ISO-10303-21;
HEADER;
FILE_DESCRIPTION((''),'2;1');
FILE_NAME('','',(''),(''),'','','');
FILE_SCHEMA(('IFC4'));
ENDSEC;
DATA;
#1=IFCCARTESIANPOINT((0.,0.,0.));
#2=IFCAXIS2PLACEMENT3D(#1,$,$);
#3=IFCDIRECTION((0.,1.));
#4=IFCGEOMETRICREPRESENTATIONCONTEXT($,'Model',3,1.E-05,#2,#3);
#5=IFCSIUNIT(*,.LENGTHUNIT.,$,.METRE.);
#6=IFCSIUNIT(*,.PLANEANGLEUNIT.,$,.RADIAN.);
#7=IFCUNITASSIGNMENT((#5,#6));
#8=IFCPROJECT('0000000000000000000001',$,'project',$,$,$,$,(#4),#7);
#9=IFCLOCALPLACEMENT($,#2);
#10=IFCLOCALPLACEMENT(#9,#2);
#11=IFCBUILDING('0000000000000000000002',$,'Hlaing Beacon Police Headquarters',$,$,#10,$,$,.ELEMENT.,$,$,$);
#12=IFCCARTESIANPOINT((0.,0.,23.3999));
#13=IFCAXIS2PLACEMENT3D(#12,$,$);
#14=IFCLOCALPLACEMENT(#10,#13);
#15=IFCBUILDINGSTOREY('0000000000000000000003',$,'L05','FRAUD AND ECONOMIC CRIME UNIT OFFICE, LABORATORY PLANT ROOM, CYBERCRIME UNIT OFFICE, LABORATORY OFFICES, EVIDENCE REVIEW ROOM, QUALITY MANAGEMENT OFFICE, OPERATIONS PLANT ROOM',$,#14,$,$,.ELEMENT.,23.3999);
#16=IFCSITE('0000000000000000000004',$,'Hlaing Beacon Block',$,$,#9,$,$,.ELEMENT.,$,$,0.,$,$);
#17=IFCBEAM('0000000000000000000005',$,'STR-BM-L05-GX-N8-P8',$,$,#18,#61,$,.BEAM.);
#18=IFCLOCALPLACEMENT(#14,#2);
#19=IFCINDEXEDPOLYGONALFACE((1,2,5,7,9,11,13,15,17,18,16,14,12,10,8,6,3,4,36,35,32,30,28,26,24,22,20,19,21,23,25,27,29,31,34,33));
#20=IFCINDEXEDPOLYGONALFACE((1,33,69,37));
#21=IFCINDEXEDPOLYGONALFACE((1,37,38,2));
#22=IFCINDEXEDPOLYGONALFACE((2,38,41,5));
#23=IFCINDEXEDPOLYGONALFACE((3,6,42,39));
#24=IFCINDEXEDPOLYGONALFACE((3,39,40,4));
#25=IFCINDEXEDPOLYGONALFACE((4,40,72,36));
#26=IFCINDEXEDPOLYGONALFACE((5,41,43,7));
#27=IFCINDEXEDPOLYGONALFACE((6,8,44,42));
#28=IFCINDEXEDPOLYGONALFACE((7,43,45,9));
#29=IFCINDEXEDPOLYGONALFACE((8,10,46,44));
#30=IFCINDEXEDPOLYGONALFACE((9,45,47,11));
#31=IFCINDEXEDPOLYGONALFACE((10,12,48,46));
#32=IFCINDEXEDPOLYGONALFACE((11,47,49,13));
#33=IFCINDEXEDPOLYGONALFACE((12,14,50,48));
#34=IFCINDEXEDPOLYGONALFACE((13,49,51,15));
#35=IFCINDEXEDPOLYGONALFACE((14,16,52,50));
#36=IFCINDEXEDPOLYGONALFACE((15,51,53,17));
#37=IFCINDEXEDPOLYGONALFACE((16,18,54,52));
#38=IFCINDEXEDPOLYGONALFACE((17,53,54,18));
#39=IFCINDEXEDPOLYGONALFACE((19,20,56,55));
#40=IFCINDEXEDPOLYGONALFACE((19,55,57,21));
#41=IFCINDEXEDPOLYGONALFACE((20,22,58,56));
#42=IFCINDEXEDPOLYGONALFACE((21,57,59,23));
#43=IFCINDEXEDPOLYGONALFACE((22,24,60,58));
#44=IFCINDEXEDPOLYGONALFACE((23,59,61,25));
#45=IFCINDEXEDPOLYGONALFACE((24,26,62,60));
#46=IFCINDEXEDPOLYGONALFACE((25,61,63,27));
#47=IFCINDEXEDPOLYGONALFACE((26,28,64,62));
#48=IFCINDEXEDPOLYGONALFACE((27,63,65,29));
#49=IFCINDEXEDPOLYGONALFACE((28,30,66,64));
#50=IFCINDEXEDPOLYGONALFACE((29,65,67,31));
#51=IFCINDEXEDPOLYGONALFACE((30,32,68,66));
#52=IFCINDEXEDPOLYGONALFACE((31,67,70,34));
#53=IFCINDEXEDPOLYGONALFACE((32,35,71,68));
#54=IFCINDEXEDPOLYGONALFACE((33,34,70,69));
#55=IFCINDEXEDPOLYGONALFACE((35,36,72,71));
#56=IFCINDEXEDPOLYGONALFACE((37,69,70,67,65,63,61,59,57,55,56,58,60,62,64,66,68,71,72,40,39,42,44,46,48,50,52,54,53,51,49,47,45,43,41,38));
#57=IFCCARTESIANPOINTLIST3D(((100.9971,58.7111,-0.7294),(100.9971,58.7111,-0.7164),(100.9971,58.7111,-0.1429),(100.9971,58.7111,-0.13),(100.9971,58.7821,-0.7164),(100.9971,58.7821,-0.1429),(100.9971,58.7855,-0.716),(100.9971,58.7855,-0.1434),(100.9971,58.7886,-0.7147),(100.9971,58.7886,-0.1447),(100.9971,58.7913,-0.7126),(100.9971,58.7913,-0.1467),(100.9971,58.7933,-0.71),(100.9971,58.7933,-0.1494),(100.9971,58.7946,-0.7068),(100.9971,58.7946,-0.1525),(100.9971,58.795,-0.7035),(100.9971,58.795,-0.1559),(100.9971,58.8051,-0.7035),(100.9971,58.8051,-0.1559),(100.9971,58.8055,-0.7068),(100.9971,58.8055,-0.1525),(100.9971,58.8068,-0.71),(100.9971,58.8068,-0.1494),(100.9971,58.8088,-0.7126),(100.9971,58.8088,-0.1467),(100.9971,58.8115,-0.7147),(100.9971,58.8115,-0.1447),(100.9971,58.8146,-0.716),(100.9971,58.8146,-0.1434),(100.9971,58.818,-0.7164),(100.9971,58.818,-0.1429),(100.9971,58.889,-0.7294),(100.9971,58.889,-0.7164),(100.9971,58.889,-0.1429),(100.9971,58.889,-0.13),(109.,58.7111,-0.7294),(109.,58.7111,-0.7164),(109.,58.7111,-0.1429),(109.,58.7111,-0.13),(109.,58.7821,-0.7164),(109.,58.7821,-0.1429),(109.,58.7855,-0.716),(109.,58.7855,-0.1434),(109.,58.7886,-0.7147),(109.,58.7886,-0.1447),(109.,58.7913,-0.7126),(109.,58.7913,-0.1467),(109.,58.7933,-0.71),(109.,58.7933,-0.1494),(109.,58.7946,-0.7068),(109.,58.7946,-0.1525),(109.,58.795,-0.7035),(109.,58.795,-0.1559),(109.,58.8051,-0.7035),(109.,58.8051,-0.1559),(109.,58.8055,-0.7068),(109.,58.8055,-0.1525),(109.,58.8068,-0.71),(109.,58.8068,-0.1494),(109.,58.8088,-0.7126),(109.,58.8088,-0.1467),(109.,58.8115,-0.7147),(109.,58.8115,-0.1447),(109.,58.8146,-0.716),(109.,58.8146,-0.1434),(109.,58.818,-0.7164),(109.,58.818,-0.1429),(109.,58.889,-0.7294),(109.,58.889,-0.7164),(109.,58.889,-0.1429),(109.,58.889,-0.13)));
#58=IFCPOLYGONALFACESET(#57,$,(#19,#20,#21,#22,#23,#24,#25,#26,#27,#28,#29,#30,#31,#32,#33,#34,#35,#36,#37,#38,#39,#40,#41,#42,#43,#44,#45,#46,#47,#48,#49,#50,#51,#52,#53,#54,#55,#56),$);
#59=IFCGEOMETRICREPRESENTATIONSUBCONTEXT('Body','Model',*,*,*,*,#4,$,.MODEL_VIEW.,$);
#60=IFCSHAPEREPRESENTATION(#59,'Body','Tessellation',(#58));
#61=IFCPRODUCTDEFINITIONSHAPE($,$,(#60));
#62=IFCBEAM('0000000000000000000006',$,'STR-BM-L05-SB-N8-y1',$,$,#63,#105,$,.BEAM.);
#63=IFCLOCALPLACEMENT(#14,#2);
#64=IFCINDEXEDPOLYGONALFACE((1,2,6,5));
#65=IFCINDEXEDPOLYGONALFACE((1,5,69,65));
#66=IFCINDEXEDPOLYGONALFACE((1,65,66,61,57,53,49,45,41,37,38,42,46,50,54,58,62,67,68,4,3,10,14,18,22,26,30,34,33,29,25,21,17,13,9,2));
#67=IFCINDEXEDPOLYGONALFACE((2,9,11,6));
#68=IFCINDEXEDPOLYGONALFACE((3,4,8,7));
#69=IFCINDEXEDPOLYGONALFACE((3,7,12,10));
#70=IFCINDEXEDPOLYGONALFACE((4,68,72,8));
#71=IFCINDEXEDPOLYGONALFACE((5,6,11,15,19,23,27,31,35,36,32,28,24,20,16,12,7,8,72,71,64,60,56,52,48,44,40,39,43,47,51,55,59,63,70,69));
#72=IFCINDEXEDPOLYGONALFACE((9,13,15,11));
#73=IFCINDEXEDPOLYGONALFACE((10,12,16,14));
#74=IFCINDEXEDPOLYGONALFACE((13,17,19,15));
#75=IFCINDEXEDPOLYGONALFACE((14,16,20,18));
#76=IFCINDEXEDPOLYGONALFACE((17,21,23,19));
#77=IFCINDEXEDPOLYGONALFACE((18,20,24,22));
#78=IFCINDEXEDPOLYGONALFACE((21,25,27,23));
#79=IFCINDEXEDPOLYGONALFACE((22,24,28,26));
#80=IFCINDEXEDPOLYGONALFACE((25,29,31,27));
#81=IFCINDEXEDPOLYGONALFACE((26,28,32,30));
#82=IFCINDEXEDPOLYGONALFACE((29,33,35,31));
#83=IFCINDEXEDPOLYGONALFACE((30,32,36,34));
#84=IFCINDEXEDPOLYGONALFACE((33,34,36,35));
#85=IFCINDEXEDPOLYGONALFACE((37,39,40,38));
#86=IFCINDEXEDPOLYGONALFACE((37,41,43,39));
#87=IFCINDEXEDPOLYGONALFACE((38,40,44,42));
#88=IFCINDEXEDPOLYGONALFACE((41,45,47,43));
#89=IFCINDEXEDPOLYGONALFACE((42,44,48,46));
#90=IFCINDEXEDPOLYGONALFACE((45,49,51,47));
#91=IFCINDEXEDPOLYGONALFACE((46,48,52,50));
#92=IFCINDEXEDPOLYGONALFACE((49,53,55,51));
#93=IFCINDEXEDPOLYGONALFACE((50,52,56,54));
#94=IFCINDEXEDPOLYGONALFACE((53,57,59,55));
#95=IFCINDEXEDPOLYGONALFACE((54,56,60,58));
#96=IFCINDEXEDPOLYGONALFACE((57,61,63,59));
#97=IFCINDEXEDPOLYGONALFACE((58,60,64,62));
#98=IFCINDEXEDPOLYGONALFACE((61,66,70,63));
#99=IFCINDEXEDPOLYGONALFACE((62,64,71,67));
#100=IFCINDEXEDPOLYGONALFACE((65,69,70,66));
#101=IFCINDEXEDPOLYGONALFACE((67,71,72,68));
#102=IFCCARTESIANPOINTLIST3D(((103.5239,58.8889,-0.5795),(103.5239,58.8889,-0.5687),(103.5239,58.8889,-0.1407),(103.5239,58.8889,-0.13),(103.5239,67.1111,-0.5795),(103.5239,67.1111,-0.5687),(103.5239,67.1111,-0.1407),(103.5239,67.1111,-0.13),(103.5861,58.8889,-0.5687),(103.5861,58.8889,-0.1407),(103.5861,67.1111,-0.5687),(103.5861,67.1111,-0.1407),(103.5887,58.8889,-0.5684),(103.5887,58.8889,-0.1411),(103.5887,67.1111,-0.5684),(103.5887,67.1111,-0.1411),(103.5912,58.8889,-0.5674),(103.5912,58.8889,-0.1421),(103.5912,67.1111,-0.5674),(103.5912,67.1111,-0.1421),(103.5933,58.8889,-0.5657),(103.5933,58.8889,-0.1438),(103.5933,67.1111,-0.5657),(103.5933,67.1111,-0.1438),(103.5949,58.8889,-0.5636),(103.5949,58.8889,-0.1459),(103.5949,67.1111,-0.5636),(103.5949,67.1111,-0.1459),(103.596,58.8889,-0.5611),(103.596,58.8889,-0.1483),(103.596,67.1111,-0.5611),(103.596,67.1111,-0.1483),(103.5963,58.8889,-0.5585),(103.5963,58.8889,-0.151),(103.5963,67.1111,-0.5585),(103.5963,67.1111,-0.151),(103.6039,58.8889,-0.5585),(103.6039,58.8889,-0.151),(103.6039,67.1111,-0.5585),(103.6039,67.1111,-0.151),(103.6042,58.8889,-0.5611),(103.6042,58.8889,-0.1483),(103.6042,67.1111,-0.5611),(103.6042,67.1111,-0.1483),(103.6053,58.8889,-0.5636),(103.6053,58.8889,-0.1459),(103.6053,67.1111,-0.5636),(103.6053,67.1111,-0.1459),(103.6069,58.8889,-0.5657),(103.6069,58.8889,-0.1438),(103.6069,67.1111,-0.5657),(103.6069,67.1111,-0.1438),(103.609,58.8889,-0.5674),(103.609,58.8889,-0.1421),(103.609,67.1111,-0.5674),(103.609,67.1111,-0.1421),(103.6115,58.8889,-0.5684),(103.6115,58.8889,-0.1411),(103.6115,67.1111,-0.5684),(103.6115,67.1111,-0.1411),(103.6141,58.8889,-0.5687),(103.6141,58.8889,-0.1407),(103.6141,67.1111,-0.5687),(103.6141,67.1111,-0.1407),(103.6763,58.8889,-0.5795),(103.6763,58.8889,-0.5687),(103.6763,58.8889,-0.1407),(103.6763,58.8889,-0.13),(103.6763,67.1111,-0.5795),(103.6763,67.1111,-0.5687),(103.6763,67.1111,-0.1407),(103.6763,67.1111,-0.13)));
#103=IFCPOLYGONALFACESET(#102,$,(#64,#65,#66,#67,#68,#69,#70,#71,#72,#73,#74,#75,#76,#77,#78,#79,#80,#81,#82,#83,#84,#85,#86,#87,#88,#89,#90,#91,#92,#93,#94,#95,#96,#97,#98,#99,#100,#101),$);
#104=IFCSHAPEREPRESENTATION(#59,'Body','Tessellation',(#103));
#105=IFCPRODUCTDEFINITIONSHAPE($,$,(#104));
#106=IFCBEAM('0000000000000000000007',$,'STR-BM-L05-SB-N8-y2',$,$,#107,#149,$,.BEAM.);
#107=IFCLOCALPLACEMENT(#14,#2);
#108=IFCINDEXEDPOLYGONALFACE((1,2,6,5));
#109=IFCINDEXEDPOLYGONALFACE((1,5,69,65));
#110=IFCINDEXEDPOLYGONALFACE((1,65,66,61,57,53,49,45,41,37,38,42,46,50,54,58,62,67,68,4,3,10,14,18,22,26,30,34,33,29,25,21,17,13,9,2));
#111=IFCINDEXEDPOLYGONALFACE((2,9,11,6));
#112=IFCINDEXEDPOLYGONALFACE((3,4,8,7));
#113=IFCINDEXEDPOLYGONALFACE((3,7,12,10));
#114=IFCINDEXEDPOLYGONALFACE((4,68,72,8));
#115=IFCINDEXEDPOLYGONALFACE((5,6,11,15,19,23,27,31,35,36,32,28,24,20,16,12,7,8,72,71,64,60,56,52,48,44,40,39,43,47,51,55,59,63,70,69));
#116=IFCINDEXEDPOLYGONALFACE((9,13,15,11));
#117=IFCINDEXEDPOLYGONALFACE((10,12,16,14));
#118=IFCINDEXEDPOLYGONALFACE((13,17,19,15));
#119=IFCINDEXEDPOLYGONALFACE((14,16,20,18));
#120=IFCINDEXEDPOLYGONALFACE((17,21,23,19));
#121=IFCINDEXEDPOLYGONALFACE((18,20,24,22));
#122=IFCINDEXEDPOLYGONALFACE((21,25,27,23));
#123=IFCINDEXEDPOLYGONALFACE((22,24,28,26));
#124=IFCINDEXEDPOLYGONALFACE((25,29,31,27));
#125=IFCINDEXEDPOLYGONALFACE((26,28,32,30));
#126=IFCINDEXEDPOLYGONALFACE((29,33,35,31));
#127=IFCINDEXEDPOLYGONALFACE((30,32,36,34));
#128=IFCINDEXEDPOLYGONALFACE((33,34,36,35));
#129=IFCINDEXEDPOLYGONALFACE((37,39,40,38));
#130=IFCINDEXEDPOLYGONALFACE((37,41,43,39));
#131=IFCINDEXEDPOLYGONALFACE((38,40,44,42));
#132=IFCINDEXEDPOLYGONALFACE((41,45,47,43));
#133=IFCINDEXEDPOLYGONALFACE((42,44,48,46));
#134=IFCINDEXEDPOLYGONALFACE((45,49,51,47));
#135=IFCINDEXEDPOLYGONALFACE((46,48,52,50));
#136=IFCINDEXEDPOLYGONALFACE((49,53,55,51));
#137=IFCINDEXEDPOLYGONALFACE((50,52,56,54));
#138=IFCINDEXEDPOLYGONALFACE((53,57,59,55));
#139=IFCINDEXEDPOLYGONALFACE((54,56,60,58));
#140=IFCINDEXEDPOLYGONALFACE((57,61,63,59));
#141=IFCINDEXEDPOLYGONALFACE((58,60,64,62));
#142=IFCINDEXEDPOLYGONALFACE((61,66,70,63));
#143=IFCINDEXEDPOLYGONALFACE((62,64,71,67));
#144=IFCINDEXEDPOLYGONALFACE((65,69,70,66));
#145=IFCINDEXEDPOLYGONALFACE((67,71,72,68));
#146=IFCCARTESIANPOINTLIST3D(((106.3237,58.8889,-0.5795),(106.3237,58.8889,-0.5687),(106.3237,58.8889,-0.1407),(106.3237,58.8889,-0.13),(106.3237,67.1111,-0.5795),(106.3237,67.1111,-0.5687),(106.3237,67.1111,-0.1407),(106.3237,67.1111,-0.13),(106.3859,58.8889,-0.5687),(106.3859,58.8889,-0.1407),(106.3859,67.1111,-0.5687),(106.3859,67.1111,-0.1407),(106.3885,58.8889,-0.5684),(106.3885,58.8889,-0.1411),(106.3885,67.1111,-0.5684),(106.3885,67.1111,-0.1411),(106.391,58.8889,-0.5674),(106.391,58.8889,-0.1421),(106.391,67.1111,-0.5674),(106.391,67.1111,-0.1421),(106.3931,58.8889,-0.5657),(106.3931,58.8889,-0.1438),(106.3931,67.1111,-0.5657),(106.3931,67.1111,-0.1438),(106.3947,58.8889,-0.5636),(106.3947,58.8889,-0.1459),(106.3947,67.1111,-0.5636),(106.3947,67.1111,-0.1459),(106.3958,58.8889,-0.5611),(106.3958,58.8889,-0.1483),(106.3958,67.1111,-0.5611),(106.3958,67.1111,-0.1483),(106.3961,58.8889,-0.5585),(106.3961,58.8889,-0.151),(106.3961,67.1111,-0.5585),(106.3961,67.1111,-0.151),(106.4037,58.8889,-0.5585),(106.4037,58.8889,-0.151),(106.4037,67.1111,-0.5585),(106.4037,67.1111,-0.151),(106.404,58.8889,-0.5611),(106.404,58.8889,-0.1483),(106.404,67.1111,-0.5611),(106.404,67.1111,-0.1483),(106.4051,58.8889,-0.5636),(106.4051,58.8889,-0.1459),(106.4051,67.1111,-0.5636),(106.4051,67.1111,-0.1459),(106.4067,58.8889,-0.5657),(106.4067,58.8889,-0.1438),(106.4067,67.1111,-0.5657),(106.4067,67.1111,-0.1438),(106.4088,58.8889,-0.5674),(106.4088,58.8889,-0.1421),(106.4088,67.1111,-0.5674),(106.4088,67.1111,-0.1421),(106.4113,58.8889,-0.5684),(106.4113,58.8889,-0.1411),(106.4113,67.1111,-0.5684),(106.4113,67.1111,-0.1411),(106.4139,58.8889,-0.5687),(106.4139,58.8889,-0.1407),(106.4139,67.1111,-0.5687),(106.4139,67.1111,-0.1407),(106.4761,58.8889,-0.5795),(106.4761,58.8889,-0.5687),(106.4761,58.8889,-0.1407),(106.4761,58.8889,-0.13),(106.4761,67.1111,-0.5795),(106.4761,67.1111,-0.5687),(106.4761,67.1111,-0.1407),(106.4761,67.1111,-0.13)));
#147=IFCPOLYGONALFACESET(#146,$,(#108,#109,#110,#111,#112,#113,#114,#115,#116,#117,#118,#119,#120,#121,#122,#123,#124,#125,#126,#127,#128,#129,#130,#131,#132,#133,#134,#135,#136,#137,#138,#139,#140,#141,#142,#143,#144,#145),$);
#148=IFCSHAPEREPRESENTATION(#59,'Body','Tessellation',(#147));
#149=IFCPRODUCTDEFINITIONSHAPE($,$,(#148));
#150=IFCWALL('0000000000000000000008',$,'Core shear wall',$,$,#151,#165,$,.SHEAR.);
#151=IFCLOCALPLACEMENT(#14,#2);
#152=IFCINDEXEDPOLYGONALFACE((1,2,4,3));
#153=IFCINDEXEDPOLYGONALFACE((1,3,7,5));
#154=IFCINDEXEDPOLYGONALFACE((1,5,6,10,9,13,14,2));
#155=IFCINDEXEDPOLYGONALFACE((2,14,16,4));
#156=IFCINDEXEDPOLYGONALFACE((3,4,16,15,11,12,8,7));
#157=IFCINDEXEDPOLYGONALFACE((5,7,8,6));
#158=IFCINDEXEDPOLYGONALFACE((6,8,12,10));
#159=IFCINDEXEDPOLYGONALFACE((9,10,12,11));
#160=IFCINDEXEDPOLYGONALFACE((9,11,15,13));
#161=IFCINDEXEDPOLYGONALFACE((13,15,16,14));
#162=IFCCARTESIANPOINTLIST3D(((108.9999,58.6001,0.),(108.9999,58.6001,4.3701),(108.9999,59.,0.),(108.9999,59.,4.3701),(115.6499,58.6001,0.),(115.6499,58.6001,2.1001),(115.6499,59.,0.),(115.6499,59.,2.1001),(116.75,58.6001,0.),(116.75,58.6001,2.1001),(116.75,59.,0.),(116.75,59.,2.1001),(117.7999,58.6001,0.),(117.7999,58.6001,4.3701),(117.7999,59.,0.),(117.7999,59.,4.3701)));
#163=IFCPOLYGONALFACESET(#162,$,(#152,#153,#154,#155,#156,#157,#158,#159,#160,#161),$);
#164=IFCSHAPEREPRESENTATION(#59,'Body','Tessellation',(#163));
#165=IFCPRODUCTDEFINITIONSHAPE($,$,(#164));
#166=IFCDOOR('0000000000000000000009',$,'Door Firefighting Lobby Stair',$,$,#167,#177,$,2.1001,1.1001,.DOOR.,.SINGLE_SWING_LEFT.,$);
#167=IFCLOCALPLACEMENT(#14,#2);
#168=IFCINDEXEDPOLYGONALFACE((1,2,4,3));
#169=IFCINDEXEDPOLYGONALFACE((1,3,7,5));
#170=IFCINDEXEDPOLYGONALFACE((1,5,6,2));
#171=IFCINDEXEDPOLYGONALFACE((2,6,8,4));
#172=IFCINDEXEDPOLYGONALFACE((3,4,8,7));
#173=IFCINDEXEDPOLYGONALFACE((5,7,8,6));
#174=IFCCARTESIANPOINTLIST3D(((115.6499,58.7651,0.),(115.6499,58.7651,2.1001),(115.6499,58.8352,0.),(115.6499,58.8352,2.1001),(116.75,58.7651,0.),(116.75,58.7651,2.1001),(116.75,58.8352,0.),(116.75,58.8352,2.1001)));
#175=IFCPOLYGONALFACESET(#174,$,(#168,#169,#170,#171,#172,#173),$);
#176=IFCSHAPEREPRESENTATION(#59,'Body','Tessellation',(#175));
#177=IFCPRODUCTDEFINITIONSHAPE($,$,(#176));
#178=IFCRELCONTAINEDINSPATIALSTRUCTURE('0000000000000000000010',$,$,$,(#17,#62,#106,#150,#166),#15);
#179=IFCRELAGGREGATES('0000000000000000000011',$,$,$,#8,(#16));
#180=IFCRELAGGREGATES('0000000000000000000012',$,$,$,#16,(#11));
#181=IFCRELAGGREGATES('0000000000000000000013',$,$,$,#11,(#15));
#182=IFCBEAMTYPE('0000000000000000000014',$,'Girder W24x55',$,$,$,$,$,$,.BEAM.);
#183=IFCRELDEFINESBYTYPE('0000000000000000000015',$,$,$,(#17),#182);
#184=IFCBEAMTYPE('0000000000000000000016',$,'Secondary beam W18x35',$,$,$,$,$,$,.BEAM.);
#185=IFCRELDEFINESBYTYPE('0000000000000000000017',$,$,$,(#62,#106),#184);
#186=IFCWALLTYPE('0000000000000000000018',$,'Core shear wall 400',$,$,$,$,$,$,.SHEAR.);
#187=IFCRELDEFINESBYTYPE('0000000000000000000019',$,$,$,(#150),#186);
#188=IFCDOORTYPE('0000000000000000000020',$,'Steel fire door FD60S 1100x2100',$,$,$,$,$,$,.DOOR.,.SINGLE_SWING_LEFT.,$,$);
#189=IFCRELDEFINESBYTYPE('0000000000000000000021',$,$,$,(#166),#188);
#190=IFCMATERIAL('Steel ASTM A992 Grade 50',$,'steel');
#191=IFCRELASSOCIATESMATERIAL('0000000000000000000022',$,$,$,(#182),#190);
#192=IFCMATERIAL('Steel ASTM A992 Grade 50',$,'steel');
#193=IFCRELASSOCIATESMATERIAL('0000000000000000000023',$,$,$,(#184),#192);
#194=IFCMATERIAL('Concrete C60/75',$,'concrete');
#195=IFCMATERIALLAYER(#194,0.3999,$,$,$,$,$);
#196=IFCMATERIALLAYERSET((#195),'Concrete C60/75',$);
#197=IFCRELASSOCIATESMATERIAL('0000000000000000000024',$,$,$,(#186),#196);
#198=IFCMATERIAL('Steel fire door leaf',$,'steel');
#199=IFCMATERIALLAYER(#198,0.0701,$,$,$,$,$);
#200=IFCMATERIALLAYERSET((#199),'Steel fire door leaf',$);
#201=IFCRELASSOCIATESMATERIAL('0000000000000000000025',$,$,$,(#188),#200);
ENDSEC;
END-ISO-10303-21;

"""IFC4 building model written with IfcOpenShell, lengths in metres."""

from ifc_helpers import new_model, si_unit, direction, frame, frame_2d, origin, origin_2d, place, context, subcontext, project, spatial, rectangle, i_section, extrude, material, layer, layer_set, material_profile, profile_set, type_object, element, fill, save


model = new_model("IFC4")

# Units and contexts
model_context = context("Model", 3, precision=1e-05, world=origin(), true_north=direction((0.0, 1.0)))
body_context = subcontext(model_context, "Body", "Model", "MODEL_VIEW")
ifc_project = project(units=[si_unit("LENGTHUNIT", "METRE"), si_unit("PLANEANGLEUNIT", "RADIAN")], contexts=[model_context])

# Site, building, storey
site_placement = place(None, origin())
site = spatial("IfcSite", under=ifc_project, at=site_placement, Name="Hlaing Beacon Block", CompositionType="ELEMENT", RefElevation=0.0)
building_placement = place(site_placement, origin())
building = spatial("IfcBuilding", under=site, at=building_placement, Name="Hlaing Beacon Police Headquarters", CompositionType="ELEMENT")
storey_placement = place(building_placement, frame((0.0, 0.0, 23.3999)))
storey = spatial("IfcBuildingStorey", under=building, at=storey_placement, Name="L05", Description="FRAUD AND ECONOMIC CRIME UNIT OFFICE, LABORATORY PLANT ROOM, CYBERCRIME UNIT OFFICE, LABORATORY OFFICES, EVIDENCE REVIEW ROOM, QUALITY MANAGEMENT OFFICE, OPERATIONS PLANT ROOM", CompositionType="ELEMENT", Elevation=23.3999)

# Beams
ifc_material_1 = material(Name="Steel ASTM A992 Grade 50", Category="steel")
ifc_material_profile_1 = material_profile(ifc_material_1, i_section(OverallWidth=0.178, OverallDepth=0.5994, WebThickness=0.01, FlangeThickness=0.0129, FilletRadius=0.0129, at=origin_2d()), Name="W24x55")
ifc_profile_set_1 = profile_set([ifc_material_profile_1], Name="Steel ASTM A992 Grade 50")
beam_type_1 = type_object("IfcBeamType", Name="Girder W24x55", PredefinedType="BEAM", material=ifc_profile_set_1)
beam_placement = place(storey_placement, frame((100.9971, 58.8, -0.4297), z_axis=(1.0, 0.0, 0.0), x_axis=(0.0, 1.0, 0.0)))
element("IfcBeam", 1, at=beam_placement, inside=storey, type_object=beam_type_1, Name="STR-BM-L05-GX-N8-P8", PredefinedType="BEAM", context=body_context, shape_type="SweptSolid", body=[
    extrude(i_section(OverallWidth=0.178, OverallDepth=0.5994, WebThickness=0.01, FlangeThickness=0.0129, FilletRadius=0.0129, at=origin_2d()), origin(), (0.0, 0.0, 1.0), 8.0029),
])
ifc_material_2 = material(Name="Steel ASTM A992 Grade 50", Category="steel")
ifc_material_profile_2 = material_profile(ifc_material_2, i_section(OverallWidth=0.1523, OverallDepth=0.4495, WebThickness=0.0076, FlangeThickness=0.0107, FilletRadius=0.0103, at=origin_2d()), Name="W18x35")
ifc_profile_set_2 = profile_set([ifc_material_profile_2], Name="Steel ASTM A992 Grade 50")
beam_type_2 = type_object("IfcBeamType", Name="Secondary beam W18x35", PredefinedType="BEAM", material=ifc_profile_set_2)
for number, where, z_axis, x_axis, name in (
    (2, (103.6001, 58.8889, -0.3547), (0.0, 1.0, 0.0), (-1.0, 0.0, 0.0), "STR-BM-L05-SB-N8-y1"),
    (3, (106.3999, 58.8889, -0.3547), (0.0, 1.0, 0.0), (-1.0, 0.0, 0.0), "STR-BM-L05-SB-N8-y2"),
):
    element("IfcBeam", number, at=place(storey_placement, frame(where, z_axis=z_axis, x_axis=x_axis)), inside=storey, type_object=beam_type_2, Name=name, PredefinedType="BEAM", context=body_context, shape_type="SweptSolid", body=[
        extrude(i_section(OverallWidth=0.1523, OverallDepth=0.4495, WebThickness=0.0076, FlangeThickness=0.0107, FilletRadius=0.0103, at=origin_2d()), origin(), (0.0, 0.0, 1.0), 8.2222),
    ])

# Wall, opening, door
ifc_material_3 = material(Name="Concrete C60/75", Category="concrete")
ifc_layer_1 = layer(ifc_material_3, 0.3999)
ifc_layer_set_1 = layer_set([ifc_layer_1], Name="Concrete C60/75")
wall_type_1 = type_object("IfcWallType", Name="Core shear wall 400", PredefinedType="SHEAR", material=ifc_layer_set_1)
wall_1_placement = place(storey_placement, frame((109.0, 58.8, 0.0), z_axis=(0.0, 0.0, 1.0), x_axis=(1.0, 0.0, 0.0)))
wall_1 = element("IfcWall", 4, at=wall_1_placement, inside=storey, type_object=wall_type_1, Name="Core shear wall", PredefinedType="SHEAR", context=body_context, shape_type="SweptSolid", body=[
    extrude(rectangle(XDim=8.8, YDim=0.3999, at=frame_2d((4.3999, 0.0))), origin(), (0.0, 0.0, 1.0), 4.3701),
])
opening_1_placement = place(wall_1_placement, frame((6.6499, 0.0, 0.0)))
opening_1 = element("IfcOpeningElement", 5, at=opening_1_placement, cuts=wall_1, PredefinedType="OPENING", context=body_context, shape_type="SweptSolid", body=[
    extrude(rectangle(XDim=1.1001, YDim=2.1001, at=frame_2d((0.55, 1.05))), frame((0.0, 0.21, 0.0), z_axis=(0.0, -1.0, 0.0), x_axis=(1.0, 0.0, 0.0)), (0.0, 0.0, 1.0), 0.4199),
])
ifc_material_4 = material(Name="Steel fire door leaf", Category="steel")
ifc_layer_2 = layer(ifc_material_4, 0.0701)
ifc_layer_set_2 = layer_set([ifc_layer_2], Name="Steel fire door leaf")
door_type_1 = type_object("IfcDoorType", Name="Steel fire door FD60S 1100x2100", OperationType="SINGLE_SWING_LEFT", PredefinedType="DOOR", material=ifc_layer_set_2)
door_1_placement = place(opening_1_placement, origin())
door_1 = element("IfcDoor", 6, at=door_1_placement, inside=storey, type_object=door_type_1, Name="Door Firefighting Lobby Stair", OperationType="SINGLE_SWING_LEFT", OverallHeight=2.1001, OverallWidth=1.1001, PredefinedType="DOOR", context=body_context, shape_type="SweptSolid", body=[
    extrude(rectangle(XDim=1.1001, YDim=2.1001, at=frame_2d((0.55, 1.05))), frame((0.0, 0.0352, 0.0), z_axis=(0.0, -1.0, 0.0), x_axis=(1.0, 0.0, 0.0)), (0.0, 0.0, 1.0), 0.0701),
])
fill(opening_1, door_1)

save(model, "model.ifc")
